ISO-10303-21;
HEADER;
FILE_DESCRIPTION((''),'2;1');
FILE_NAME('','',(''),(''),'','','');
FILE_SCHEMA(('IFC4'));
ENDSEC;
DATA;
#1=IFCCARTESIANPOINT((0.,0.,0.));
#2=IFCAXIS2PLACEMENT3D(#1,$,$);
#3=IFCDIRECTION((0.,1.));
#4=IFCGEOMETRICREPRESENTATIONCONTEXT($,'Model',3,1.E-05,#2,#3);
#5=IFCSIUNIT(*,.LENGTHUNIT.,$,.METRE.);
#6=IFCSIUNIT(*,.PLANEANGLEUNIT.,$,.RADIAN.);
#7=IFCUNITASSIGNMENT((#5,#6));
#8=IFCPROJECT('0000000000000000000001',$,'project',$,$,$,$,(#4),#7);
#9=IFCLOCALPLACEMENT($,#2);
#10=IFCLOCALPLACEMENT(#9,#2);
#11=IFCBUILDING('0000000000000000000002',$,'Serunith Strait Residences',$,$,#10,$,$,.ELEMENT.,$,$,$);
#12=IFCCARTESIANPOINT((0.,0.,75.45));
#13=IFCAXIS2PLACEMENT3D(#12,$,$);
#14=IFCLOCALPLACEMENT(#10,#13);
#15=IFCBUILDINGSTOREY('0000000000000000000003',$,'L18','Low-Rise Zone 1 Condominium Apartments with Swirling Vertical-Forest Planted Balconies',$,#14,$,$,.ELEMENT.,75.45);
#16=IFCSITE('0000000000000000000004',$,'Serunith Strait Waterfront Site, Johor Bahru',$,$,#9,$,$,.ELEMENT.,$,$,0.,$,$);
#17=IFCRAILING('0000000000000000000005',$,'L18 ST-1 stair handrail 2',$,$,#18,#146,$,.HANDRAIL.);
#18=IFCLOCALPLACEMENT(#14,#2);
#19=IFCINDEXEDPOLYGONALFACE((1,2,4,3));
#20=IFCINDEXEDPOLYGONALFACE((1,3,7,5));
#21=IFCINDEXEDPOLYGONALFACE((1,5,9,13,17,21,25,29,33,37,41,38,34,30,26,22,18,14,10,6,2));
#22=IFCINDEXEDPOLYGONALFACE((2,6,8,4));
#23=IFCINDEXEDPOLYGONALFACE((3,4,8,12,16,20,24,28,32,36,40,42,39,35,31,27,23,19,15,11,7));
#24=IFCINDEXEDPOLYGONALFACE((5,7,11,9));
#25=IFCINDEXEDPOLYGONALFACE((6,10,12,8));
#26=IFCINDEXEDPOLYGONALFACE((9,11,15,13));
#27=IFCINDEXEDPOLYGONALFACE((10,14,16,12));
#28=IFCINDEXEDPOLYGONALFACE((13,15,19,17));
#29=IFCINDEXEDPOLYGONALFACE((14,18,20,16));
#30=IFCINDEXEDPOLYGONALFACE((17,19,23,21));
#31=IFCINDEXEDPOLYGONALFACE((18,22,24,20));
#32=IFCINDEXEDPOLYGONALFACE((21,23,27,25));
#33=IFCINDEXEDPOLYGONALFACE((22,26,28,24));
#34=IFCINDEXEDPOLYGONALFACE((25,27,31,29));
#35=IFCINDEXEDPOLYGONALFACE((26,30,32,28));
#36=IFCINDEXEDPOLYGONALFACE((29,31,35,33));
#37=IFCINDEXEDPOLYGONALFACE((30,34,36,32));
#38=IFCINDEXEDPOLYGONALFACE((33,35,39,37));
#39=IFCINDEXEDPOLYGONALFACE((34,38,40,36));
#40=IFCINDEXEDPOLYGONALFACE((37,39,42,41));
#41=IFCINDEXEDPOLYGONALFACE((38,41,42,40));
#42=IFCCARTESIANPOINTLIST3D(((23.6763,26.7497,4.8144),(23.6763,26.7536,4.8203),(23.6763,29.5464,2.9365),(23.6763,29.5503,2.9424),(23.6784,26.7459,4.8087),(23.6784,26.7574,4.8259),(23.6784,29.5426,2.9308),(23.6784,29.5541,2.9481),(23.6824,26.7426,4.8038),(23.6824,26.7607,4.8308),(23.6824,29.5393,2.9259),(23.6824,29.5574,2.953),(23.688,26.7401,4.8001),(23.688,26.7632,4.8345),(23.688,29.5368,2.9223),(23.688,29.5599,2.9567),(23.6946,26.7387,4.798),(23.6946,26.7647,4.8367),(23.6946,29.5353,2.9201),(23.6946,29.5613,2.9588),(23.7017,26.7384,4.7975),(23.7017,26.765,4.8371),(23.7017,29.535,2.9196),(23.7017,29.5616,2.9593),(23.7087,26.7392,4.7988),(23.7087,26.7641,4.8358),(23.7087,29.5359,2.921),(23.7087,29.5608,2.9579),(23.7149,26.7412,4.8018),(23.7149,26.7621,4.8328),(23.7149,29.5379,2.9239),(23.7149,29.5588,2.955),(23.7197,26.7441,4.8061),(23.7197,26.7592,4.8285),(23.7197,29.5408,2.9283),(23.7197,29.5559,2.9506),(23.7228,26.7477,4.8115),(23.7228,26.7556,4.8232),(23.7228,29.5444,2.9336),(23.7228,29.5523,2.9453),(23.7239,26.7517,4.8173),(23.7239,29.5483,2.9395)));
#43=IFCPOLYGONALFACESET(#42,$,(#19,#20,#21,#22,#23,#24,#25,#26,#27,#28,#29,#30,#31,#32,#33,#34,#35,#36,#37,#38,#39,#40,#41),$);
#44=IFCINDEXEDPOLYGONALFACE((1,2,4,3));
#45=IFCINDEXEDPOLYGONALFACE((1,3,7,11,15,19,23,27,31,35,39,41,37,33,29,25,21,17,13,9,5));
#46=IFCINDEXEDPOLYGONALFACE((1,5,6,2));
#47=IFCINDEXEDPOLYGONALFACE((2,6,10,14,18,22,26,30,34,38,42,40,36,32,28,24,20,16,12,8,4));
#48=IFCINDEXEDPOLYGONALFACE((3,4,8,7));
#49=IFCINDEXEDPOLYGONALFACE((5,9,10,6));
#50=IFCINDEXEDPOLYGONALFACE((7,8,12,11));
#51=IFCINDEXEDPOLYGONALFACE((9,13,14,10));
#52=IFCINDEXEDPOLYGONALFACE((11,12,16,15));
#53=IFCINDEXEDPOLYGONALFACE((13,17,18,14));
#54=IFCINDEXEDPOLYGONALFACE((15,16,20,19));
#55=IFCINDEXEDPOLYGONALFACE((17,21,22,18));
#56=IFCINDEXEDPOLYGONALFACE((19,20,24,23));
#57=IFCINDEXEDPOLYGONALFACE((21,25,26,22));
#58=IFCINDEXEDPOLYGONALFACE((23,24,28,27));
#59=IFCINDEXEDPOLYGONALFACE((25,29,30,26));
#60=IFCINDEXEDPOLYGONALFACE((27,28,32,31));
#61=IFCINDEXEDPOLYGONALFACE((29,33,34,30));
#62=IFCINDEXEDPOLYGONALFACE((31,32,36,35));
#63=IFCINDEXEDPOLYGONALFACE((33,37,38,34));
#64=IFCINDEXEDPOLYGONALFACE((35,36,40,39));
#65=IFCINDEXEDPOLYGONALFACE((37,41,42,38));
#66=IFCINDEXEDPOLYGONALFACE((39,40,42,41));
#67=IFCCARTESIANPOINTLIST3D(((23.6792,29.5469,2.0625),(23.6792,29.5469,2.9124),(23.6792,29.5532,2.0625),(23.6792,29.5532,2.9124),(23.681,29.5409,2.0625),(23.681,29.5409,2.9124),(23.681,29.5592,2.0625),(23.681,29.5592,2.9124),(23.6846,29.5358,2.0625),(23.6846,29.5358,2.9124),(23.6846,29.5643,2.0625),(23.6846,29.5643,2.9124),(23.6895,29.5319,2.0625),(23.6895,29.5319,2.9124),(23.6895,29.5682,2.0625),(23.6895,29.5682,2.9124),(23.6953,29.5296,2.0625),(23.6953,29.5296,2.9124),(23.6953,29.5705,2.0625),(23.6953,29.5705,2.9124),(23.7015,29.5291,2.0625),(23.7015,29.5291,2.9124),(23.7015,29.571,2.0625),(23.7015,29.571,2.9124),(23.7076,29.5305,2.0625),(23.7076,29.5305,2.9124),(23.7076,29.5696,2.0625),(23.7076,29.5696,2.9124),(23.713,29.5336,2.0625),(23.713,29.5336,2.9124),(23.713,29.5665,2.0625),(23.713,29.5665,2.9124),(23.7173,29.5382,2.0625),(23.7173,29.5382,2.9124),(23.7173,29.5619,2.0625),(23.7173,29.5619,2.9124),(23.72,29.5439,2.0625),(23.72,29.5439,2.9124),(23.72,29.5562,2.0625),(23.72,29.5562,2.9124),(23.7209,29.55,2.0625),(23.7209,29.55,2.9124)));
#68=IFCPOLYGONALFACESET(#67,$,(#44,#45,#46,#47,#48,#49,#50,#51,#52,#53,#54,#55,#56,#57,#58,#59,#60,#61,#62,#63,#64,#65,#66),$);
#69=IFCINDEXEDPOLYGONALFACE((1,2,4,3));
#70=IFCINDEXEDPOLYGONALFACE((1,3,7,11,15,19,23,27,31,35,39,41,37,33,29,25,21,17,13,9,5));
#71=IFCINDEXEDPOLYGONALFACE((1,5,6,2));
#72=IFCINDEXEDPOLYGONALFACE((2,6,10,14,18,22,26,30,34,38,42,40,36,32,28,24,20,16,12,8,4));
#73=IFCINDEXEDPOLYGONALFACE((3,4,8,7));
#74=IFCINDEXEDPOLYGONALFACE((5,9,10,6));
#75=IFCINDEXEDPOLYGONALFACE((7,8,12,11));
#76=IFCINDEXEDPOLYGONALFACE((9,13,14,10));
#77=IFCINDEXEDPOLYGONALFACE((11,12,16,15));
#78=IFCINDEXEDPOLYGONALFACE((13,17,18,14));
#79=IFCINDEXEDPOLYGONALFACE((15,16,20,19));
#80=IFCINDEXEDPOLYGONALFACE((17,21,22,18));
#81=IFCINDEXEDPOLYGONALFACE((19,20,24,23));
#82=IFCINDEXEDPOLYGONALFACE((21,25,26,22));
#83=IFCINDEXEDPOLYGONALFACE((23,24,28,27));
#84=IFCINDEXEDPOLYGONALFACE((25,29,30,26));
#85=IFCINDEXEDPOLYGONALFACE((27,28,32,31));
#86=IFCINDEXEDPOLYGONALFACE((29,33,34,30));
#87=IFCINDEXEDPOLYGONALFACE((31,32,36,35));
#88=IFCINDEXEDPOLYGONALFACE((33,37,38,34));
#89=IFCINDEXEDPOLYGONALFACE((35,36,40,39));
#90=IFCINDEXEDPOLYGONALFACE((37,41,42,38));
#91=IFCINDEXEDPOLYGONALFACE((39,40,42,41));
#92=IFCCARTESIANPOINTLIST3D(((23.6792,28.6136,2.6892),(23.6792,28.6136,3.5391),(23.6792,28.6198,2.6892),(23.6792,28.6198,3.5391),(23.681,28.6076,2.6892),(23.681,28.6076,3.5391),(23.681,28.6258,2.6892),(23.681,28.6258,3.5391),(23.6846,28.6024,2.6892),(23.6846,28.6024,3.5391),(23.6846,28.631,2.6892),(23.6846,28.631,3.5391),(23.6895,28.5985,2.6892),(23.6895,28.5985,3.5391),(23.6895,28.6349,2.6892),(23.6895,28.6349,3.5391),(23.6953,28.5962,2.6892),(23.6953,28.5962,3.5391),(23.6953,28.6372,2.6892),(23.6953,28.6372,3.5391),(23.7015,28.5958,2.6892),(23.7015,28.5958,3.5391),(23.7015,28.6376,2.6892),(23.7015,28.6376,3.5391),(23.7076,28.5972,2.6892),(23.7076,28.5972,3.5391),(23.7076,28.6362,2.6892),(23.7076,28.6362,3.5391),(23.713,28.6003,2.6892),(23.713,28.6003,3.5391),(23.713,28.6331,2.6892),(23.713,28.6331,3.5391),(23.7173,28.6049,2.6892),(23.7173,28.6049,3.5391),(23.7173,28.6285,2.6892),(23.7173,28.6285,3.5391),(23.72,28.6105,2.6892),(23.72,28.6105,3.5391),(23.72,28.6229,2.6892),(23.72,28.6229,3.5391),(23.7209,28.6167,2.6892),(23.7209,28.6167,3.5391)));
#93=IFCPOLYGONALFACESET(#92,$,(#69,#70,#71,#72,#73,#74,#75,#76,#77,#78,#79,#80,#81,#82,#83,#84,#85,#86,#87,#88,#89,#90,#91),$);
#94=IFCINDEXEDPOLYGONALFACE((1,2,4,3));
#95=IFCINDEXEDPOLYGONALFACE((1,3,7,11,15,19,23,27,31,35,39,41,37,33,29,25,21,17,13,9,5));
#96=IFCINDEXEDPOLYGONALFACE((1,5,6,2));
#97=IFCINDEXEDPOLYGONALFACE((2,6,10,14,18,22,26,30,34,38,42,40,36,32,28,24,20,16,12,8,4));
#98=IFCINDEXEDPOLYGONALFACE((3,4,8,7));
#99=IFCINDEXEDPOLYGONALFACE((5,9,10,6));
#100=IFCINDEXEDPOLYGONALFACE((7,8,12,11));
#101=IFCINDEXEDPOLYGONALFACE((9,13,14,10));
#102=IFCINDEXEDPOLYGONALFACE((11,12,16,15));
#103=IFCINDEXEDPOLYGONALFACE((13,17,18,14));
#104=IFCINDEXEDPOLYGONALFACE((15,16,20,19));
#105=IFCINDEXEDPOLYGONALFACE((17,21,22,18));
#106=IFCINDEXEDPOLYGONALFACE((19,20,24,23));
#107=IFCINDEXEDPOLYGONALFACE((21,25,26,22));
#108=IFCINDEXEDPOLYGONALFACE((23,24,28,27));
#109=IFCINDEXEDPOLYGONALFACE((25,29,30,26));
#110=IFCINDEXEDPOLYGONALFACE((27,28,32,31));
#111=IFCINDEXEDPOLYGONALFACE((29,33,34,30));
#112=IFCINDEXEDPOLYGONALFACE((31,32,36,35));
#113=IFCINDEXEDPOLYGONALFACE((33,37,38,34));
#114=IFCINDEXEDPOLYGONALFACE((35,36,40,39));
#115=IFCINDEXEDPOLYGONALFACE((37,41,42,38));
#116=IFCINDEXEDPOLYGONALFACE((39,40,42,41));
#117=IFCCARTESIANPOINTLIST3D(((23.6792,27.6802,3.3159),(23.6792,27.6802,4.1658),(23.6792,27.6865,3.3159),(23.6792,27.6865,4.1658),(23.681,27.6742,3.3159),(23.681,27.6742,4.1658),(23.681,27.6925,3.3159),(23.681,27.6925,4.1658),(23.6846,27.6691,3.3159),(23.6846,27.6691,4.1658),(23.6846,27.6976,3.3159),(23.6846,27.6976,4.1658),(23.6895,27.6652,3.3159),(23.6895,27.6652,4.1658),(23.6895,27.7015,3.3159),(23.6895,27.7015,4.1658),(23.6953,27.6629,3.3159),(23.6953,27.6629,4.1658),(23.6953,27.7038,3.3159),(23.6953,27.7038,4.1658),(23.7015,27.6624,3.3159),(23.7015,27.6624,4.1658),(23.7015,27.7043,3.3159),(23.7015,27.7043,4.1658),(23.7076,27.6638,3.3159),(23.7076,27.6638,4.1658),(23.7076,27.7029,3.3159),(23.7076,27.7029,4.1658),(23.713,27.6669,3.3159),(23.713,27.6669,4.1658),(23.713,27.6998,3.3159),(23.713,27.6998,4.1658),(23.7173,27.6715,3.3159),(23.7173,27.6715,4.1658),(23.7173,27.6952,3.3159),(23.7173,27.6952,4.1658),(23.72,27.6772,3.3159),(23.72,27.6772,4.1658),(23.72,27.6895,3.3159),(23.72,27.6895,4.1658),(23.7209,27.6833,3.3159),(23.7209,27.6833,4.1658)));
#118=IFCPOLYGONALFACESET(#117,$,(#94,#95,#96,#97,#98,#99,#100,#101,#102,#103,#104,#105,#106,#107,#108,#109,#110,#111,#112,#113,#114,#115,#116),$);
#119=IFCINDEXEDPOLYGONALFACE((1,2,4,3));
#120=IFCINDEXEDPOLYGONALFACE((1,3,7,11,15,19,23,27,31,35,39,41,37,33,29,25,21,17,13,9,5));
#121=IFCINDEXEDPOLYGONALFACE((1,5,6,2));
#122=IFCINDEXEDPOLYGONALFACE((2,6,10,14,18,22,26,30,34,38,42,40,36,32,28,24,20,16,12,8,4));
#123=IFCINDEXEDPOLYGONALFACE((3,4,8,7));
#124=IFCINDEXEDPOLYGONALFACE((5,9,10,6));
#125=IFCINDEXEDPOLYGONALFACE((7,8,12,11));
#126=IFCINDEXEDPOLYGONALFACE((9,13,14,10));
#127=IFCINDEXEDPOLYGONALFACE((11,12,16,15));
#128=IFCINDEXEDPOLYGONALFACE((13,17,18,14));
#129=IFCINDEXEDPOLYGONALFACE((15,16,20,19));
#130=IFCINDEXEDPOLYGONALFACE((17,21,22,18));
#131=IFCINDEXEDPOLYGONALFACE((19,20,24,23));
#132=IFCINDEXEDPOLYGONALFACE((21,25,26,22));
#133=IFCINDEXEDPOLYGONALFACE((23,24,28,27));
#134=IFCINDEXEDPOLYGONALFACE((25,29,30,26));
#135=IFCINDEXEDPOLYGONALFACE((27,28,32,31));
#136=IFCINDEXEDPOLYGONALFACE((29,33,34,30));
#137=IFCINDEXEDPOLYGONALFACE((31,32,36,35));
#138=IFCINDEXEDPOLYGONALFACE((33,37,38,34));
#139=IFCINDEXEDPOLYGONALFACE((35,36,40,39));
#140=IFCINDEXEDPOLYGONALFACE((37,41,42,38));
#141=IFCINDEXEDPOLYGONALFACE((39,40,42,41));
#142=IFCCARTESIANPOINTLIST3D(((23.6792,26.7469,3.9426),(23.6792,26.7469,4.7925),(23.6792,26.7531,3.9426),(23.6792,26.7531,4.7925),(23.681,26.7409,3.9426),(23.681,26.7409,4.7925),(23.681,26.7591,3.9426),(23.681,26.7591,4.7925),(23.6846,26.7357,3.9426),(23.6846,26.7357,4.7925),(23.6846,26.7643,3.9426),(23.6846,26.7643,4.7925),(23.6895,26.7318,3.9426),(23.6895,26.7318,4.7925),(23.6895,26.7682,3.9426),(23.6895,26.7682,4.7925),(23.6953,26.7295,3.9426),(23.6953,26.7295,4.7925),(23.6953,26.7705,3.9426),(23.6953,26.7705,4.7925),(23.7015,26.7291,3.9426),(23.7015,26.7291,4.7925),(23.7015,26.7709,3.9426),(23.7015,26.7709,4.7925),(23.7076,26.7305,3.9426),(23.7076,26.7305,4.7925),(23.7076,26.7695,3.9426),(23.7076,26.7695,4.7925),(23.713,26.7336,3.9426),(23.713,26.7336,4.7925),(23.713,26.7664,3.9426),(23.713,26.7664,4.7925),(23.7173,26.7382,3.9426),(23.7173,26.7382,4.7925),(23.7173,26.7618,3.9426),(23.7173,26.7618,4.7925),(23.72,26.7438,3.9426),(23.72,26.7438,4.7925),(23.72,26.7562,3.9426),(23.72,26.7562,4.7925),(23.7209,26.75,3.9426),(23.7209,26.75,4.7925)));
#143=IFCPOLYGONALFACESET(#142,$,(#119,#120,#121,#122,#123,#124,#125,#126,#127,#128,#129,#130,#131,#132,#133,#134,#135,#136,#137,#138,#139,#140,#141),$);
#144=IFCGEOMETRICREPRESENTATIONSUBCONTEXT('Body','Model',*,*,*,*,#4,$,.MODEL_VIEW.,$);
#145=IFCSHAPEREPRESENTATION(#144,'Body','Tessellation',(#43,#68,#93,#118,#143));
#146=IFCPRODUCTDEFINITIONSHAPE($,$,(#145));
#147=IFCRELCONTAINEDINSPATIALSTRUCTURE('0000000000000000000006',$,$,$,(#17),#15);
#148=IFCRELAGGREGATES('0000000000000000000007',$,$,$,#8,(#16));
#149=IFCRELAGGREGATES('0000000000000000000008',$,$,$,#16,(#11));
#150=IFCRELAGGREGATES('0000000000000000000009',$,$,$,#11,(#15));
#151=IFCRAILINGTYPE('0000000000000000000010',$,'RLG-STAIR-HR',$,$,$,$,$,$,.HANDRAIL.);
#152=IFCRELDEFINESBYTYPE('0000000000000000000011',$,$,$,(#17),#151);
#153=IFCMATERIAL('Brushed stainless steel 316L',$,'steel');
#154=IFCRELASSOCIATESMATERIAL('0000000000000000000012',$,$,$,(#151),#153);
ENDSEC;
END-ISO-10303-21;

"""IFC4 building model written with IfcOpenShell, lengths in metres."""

from ifc_helpers import new_model, si_unit, direction, frame, origin, origin_2d, place, context, subcontext, project, spatial, circle, extrude, material, type_object, element, save


model = new_model("IFC4")

# Units and contexts
model_context = context("Model", 3, precision=1e-05, world=origin(), true_north=direction((0.0, 1.0)))
body_context = subcontext(model_context, "Body", "Model", "MODEL_VIEW")
ifc_project = project(units=[si_unit("LENGTHUNIT", "METRE"), si_unit("PLANEANGLEUNIT", "RADIAN")], contexts=[model_context])

# Site, building, storey
site_placement = place(None, origin())
site = spatial("IfcSite", under=ifc_project, at=site_placement, Name="Serunith Strait Waterfront Site, Johor Bahru", CompositionType="ELEMENT", RefElevation=0.0)
building_placement = place(site_placement, origin())
building = spatial("IfcBuilding", under=site, at=building_placement, Name="Serunith Strait Residences", CompositionType="ELEMENT")
storey_placement = place(building_placement, frame((0.0, 0.0, 75.45)))
storey = spatial("IfcBuildingStorey", under=building, at=storey_placement, Name="L18", Description="Low-Rise Zone 1 Condominium Apartments with Swirling Vertical-Forest Planted Balconies", CompositionType="ELEMENT", Elevation=75.45)

# Railing
ifc_material_1 = material(Name="Brushed stainless steel 316L", Category="steel")
railing_type_1 = type_object("IfcRailingType", Name="RLG-STAIR-HR", PredefinedType="HANDRAIL", material=ifc_material_1)
railing_1_placement = place(storey_placement, frame((23.7, 29.55, 2.0625)))
element("IfcRailing", 1, at=railing_1_placement, inside=storey, type_object=railing_type_1, Name="L18 ST-1 stair handrail 2", PredefinedType="HANDRAIL", context=body_context, shape_type="SweptSolid", body=[
    extrude(circle(Radius=0.0239, at=origin_2d()), frame((0.0, -0.0017, 0.877), z_axis=(0.0, -0.830208, 0.557453), x_axis=(1.0, 0.0, 0.0)), (0.0, 0.0, 1.0), 3.3687),
    extrude(circle(Radius=0.021, at=origin_2d()), origin(), (0.0, 0.0, 1.0), 0.8499),
    extrude(circle(Radius=0.021, at=origin_2d()), frame((0.0, -0.9333, 0.6267)), (0.0, 0.0, 1.0), 0.8499),
    extrude(circle(Radius=0.021, at=origin_2d()), frame((0.0, -1.8667, 1.2534)), (0.0, 0.0, 1.0), 0.8499),
    extrude(circle(Radius=0.021, at=origin_2d()), frame((0.0, -2.8, 1.8801)), (0.0, 0.0, 1.0), 0.8499),
])

save(model, "model.ifc")
